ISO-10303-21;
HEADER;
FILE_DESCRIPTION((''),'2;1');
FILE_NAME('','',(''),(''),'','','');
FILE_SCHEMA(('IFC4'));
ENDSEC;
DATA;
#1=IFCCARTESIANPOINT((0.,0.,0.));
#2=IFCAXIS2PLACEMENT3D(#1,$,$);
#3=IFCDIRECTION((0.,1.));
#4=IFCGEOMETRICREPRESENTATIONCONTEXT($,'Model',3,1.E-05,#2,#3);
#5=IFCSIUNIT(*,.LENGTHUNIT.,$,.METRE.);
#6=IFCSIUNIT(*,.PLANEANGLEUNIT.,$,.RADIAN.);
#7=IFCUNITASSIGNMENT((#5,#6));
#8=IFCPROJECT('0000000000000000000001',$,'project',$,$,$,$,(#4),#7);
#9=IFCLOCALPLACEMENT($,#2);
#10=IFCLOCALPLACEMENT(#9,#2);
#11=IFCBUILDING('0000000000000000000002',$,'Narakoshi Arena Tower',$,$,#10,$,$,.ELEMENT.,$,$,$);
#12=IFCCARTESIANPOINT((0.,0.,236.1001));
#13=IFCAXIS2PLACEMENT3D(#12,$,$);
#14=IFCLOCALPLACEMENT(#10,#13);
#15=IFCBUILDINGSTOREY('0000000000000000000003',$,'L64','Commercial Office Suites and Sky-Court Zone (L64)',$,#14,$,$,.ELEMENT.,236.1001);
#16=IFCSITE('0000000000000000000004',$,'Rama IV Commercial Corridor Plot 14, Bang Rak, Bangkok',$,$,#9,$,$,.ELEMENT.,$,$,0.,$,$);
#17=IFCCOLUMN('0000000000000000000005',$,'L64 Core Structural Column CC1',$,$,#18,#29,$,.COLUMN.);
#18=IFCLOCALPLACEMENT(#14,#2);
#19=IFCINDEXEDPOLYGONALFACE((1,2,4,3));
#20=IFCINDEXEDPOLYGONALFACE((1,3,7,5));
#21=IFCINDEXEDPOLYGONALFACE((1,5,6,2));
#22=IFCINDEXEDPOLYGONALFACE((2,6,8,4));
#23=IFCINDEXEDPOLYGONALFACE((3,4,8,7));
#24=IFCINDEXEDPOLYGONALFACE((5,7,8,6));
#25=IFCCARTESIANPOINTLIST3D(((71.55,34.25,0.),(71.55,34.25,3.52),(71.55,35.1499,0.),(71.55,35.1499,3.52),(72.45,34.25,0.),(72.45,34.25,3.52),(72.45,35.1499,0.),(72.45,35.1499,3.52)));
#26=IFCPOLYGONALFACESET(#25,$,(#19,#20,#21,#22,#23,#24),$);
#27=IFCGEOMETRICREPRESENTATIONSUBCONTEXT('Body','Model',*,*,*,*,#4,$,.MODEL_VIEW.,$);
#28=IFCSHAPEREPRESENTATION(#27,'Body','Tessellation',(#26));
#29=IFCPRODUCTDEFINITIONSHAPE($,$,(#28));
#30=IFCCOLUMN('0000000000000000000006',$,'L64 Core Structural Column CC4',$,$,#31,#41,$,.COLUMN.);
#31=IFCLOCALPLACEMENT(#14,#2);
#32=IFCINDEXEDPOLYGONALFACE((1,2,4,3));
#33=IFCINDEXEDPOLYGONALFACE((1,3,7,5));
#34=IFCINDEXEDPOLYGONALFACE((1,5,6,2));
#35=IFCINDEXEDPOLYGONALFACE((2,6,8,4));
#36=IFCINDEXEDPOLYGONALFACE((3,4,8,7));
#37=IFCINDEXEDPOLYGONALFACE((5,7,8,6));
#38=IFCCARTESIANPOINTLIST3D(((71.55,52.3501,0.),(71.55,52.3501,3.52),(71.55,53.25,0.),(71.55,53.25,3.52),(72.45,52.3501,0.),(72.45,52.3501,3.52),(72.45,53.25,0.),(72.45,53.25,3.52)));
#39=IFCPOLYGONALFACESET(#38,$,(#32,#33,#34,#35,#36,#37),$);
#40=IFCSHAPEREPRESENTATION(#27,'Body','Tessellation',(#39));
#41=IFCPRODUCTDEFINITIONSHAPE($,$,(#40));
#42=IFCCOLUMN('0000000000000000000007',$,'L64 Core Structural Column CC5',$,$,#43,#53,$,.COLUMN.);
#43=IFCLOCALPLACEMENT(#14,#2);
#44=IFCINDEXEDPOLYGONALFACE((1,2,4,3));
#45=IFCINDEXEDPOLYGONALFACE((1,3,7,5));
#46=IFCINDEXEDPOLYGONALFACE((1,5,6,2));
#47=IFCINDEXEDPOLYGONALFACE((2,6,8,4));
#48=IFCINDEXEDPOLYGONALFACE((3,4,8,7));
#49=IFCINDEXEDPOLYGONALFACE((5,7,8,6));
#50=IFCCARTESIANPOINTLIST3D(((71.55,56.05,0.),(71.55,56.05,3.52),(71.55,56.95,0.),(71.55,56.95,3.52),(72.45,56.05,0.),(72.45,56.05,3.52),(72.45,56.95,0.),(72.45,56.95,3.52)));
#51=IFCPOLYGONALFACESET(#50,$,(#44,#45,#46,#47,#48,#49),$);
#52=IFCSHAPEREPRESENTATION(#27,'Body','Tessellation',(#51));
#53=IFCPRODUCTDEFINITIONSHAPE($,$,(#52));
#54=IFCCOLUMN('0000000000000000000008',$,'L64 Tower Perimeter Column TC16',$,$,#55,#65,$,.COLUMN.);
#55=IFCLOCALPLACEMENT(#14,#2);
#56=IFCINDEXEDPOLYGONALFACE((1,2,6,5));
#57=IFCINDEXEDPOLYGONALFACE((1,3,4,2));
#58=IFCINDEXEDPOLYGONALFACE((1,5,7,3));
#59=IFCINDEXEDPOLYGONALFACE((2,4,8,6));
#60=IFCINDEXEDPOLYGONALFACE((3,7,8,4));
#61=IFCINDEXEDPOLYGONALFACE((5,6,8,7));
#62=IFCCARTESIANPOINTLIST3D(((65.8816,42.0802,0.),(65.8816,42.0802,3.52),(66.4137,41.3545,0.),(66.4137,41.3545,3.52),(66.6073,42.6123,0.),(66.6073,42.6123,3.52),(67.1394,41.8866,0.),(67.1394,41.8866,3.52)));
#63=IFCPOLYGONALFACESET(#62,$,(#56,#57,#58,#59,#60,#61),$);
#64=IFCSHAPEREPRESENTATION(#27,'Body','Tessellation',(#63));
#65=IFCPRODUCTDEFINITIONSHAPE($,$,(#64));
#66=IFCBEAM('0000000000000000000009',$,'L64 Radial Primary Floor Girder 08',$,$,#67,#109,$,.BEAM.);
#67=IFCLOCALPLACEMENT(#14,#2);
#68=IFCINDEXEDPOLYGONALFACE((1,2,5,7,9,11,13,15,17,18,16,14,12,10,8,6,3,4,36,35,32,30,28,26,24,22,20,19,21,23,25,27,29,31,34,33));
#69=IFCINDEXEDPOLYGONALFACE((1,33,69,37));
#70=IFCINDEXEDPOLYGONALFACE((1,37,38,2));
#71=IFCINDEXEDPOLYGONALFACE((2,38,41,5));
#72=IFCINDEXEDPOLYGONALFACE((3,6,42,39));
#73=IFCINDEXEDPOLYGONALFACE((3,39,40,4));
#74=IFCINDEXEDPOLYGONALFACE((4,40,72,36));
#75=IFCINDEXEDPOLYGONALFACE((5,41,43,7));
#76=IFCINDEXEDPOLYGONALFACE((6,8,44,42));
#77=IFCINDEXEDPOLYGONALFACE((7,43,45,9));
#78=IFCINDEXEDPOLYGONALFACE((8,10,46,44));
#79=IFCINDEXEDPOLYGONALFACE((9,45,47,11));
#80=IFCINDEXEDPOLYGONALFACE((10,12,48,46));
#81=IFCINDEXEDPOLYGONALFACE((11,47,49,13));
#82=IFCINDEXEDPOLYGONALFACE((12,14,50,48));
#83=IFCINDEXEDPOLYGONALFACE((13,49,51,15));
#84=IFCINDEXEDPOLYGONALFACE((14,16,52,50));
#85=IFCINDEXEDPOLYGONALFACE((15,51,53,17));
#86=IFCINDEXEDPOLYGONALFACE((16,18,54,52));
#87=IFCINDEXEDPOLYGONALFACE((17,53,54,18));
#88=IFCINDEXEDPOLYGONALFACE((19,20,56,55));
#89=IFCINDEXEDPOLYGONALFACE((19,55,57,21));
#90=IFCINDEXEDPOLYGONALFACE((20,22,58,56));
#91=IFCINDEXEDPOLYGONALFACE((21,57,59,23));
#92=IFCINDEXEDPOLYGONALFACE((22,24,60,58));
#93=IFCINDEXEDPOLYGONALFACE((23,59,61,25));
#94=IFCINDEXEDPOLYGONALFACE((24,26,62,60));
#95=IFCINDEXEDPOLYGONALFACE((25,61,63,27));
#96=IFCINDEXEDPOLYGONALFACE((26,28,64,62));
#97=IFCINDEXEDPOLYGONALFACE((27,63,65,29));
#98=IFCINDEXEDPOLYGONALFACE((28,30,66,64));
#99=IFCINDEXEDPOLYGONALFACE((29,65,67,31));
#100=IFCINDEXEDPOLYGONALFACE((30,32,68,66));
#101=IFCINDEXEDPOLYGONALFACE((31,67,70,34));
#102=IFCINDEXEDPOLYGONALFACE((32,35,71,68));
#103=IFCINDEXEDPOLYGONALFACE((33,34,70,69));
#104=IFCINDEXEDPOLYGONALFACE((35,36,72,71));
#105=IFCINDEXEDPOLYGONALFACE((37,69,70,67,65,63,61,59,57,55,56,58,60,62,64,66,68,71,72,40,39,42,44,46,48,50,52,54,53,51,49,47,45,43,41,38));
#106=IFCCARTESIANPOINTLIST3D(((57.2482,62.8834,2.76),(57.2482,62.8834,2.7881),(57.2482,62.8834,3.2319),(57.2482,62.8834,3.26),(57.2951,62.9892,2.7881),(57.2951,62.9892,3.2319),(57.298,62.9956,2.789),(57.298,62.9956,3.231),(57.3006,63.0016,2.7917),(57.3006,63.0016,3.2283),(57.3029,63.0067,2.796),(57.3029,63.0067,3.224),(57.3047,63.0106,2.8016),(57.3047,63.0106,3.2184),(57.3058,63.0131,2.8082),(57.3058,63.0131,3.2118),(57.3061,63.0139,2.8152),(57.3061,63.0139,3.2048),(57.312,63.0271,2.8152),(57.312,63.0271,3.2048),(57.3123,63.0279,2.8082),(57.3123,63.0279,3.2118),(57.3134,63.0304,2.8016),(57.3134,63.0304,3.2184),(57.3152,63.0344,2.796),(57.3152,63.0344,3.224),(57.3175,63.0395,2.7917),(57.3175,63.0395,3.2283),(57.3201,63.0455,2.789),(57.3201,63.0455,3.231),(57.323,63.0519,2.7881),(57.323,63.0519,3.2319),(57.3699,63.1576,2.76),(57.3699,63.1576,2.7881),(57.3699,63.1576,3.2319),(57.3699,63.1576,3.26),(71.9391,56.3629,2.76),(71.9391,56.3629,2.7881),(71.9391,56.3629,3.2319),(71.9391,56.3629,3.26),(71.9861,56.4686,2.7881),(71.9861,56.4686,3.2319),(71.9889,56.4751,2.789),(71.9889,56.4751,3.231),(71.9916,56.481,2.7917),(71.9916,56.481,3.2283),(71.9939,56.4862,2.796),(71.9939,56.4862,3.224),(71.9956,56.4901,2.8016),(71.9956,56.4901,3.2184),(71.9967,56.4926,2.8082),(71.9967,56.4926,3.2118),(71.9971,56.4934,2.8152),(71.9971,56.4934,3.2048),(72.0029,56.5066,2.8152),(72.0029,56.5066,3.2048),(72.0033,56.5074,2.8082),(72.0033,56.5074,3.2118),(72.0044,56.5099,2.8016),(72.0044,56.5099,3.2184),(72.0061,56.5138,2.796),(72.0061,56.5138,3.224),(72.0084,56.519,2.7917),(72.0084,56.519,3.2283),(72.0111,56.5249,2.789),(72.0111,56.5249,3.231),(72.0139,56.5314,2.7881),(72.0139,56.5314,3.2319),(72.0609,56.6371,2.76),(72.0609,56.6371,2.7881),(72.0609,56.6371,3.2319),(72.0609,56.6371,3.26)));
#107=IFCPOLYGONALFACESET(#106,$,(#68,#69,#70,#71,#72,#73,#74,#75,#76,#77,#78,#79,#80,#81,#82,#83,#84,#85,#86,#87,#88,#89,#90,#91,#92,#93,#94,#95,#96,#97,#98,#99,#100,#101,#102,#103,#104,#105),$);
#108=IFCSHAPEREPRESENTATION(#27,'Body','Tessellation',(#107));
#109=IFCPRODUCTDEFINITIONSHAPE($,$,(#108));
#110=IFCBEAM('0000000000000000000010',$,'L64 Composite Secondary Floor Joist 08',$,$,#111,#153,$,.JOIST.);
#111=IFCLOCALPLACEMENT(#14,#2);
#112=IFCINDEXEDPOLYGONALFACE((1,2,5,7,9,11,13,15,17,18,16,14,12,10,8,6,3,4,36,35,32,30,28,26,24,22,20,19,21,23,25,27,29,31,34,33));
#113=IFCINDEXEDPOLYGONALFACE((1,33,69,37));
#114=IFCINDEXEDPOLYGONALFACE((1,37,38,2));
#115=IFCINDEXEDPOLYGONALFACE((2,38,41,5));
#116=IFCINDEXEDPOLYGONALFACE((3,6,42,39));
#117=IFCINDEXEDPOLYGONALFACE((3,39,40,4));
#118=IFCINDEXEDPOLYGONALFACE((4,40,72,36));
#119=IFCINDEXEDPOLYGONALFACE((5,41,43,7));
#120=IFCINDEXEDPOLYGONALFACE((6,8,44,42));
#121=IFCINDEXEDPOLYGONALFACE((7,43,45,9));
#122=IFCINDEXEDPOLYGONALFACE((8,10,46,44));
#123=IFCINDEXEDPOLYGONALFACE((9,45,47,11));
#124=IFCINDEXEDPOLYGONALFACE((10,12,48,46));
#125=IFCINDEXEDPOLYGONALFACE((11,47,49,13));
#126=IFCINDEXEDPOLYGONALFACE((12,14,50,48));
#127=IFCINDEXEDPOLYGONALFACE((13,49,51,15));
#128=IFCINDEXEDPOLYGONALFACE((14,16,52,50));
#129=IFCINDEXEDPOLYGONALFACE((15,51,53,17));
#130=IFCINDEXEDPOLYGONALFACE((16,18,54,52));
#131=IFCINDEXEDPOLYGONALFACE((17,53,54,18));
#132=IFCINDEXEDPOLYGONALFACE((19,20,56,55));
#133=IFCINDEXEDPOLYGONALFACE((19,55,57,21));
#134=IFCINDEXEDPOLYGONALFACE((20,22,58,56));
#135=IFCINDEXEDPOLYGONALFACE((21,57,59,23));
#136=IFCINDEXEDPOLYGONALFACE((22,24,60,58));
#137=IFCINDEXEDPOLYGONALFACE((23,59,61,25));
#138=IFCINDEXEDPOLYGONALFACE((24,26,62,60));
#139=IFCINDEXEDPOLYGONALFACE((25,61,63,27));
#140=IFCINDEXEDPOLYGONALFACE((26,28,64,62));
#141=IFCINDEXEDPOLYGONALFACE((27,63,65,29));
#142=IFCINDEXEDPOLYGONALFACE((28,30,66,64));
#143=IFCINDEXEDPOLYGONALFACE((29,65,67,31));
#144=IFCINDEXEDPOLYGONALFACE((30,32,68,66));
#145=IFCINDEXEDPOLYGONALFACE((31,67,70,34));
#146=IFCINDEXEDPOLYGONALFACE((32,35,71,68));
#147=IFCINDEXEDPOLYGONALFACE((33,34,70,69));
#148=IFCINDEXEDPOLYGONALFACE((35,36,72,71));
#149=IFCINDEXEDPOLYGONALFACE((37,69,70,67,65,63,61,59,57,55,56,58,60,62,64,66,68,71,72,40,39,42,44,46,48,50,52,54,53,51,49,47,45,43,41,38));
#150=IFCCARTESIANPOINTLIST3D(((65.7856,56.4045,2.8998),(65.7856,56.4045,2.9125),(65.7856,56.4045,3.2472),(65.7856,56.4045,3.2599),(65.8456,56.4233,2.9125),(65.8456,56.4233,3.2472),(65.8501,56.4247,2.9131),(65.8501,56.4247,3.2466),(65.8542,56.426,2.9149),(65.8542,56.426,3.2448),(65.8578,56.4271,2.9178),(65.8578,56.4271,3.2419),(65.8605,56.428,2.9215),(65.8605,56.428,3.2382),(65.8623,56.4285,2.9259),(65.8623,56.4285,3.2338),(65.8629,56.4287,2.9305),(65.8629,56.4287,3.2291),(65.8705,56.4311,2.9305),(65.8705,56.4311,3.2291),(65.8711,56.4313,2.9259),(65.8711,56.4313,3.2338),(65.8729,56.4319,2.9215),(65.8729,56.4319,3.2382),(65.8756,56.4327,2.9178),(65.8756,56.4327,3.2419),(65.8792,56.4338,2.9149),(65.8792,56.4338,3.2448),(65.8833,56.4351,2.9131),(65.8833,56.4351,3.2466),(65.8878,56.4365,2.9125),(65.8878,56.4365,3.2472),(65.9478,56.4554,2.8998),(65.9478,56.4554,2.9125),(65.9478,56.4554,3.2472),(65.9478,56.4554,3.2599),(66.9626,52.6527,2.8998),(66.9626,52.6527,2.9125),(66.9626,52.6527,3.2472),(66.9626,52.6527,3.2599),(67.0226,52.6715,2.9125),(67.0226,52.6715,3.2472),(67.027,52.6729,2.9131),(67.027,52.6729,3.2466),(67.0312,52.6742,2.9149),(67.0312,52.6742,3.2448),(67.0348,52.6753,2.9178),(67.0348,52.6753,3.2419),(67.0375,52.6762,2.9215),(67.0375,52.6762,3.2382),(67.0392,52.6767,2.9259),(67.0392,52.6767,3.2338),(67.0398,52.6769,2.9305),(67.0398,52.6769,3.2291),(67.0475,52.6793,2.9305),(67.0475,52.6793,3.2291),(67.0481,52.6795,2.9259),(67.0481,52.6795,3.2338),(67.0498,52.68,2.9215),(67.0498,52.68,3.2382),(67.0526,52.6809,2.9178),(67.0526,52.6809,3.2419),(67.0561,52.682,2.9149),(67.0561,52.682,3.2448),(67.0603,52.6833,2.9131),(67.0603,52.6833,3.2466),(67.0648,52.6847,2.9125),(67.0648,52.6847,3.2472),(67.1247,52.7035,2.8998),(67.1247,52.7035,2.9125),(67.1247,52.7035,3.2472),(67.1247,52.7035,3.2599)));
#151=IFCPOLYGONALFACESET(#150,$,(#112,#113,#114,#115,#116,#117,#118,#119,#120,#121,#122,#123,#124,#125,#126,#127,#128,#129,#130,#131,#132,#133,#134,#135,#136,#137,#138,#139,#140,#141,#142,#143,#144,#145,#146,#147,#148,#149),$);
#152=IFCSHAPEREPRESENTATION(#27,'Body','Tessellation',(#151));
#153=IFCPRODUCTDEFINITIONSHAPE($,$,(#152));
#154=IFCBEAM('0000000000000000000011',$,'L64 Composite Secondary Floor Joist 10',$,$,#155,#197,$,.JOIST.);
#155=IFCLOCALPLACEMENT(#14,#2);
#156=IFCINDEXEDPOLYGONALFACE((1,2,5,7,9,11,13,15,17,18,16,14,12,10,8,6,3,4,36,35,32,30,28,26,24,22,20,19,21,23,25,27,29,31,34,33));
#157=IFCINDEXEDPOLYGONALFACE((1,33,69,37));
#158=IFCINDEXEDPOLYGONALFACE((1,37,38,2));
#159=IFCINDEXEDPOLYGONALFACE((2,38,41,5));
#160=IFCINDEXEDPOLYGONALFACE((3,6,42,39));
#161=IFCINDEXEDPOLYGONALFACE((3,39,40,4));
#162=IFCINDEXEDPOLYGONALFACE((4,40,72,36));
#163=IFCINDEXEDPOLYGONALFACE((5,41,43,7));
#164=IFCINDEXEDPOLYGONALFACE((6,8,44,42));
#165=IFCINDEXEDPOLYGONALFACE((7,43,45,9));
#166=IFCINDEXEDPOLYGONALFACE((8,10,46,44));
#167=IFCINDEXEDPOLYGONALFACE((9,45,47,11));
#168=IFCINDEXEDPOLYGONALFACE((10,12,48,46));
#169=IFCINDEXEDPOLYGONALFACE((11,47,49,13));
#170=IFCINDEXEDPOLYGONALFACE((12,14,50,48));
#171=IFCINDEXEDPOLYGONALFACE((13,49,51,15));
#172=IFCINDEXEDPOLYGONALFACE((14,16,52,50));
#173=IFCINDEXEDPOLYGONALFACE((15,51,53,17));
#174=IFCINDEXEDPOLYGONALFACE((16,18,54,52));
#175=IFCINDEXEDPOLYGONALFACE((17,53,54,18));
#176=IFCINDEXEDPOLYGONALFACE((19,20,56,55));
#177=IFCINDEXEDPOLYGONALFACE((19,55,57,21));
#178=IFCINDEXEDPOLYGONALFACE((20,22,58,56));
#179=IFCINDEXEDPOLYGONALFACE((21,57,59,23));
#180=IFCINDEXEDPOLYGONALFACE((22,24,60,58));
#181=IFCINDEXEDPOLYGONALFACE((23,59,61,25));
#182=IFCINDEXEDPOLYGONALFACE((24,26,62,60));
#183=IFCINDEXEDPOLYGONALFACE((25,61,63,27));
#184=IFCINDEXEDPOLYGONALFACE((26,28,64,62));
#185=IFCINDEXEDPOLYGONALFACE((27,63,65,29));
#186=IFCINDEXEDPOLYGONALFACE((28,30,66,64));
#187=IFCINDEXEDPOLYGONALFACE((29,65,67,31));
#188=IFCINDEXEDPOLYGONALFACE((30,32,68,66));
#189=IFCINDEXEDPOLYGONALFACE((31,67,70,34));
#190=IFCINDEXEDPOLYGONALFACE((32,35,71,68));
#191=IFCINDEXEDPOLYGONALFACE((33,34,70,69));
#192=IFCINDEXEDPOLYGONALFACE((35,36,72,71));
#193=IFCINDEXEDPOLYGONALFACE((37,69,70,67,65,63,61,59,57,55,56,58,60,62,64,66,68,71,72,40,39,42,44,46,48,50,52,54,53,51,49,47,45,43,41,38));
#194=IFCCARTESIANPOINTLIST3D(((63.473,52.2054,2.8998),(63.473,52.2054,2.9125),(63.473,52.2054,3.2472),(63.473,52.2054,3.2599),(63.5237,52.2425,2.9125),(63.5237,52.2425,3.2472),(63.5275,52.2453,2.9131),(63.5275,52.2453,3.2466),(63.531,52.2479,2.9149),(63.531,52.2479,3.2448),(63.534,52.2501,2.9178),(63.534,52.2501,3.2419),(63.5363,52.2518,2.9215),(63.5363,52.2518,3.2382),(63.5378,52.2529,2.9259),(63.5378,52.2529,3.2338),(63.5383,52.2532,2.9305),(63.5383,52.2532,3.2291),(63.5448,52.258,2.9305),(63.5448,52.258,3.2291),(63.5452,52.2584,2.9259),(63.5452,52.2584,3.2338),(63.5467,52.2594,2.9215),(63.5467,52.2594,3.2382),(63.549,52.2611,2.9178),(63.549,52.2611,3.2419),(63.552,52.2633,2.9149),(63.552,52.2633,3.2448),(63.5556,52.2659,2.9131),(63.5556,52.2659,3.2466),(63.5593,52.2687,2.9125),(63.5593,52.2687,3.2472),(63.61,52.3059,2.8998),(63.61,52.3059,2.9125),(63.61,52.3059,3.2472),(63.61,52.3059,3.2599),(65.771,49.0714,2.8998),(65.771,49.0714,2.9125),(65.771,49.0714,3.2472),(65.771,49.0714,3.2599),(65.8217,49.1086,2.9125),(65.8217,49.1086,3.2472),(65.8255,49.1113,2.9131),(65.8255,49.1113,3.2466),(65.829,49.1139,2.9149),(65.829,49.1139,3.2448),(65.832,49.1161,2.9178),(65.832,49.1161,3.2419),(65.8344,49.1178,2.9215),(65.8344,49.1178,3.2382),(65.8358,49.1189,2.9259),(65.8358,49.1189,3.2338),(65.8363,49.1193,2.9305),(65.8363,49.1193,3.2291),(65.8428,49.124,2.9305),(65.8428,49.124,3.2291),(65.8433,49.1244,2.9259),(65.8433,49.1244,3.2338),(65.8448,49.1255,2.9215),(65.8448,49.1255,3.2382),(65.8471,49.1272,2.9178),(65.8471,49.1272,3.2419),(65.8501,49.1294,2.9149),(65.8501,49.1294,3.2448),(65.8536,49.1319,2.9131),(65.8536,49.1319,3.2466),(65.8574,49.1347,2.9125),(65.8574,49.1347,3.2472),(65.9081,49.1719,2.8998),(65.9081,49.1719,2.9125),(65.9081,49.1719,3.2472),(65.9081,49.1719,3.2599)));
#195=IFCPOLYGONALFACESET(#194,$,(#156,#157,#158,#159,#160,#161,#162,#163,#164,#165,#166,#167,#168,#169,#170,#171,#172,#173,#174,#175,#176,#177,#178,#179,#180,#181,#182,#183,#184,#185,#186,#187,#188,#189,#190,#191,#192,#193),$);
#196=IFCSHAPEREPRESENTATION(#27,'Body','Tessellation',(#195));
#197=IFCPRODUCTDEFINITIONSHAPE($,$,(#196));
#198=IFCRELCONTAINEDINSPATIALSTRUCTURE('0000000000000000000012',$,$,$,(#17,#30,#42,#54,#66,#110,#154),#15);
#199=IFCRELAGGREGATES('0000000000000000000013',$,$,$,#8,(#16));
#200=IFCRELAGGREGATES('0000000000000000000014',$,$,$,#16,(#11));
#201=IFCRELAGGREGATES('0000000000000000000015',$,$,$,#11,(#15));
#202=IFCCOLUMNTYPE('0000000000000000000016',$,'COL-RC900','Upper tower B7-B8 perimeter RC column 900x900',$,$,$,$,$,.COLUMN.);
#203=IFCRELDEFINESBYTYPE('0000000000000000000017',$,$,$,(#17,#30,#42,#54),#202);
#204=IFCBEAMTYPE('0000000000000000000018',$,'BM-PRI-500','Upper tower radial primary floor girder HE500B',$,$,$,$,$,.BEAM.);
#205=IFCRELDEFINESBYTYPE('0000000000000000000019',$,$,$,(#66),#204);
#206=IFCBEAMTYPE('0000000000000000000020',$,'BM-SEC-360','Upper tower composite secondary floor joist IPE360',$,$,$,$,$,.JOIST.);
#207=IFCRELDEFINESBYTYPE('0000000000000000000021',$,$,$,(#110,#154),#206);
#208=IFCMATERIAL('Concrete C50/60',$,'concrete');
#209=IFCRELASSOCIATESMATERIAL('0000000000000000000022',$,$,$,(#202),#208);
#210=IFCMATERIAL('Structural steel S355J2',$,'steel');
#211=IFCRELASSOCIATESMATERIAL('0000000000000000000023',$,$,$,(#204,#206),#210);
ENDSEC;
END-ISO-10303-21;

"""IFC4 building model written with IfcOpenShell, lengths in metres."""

from ifc_helpers import new_model, si_unit, direction, frame, origin, origin_2d, place, context, subcontext, project, spatial, rectangle, i_section, extrude, material, material_profile, profile_set, type_object, element, save


model = new_model("IFC4")

# Units and contexts
model_context = context("Model", 3, precision=1e-05, world=origin(), true_north=direction((0.0, 1.0)))
body_context = subcontext(model_context, "Body", "Model", "MODEL_VIEW")
ifc_project = project(units=[si_unit("LENGTHUNIT", "METRE"), si_unit("PLANEANGLEUNIT", "RADIAN")], contexts=[model_context])

# Site, building, storey
site_placement = place(None, origin())
site = spatial("IfcSite", under=ifc_project, at=site_placement, Name="Rama IV Commercial Corridor Plot 14, Bang Rak, Bangkok", CompositionType="ELEMENT", RefElevation=0.0)
building_placement = place(site_placement, origin())
building = spatial("IfcBuilding", under=site, at=building_placement, Name="Narakoshi Arena Tower", CompositionType="ELEMENT")
storey_placement = place(building_placement, frame((0.0, 0.0, 236.1001)))
storey = spatial("IfcBuildingStorey", under=building, at=storey_placement, Name="L64", Description="Commercial Office Suites and Sky-Court Zone (L64)", CompositionType="ELEMENT", Elevation=236.1001)

# Columns
ifc_material_1 = material(Name="Concrete C50/60", Category="concrete")
ifc_material_profile_1 = material_profile(ifc_material_1, rectangle(XDim=0.8999, YDim=0.8999, at=origin_2d()), Name="RC900x900")
ifc_profile_set_1 = profile_set([ifc_material_profile_1], Name="Concrete C50/60")
column_type = type_object("IfcColumnType", Name="COL-RC900", Description="Upper tower B7-B8 perimeter RC column 900x900", PredefinedType="COLUMN", material=ifc_profile_set_1)
for number, where, z_axis, x_axis, name in (
    (1, (72.0, 34.7, 0.0), (0.0, 0.0, 1.0), (1.0, 0.0, 0.0), "L64 Core Structural Column CC1"),
    (2, (72.0, 52.8, 0.0), (0.0, 0.0, 1.0), (1.0, 0.0, 0.0), "L64 Core Structural Column CC4"),
    (3, (72.0, 56.5, 0.0), (0.0, 0.0, 1.0), (1.0, 0.0, 0.0), "L64 Core Structural Column CC5"),
    (4, (66.5105, 41.9834, 0.0), (0.0, 0.0, 1.0), (-0.59131, 0.806445, 0.0), "L64 Tower Perimeter Column TC16"),
):
    element("IfcColumn", number, at=place(storey_placement, frame(where, z_axis=z_axis, x_axis=x_axis)), inside=storey, type_object=column_type, Name=name, PredefinedType="COLUMN", context=body_context, shape_type="SweptSolid", body=[
        extrude(rectangle(XDim=0.8999, YDim=0.8999, at=origin_2d()), origin(), (0.0, 0.0, 1.0), 3.52),
    ])

# Beams
ifc_material_2 = material(Name="Structural steel S355J2", Category="steel")
ifc_material_profile_2 = material_profile(ifc_material_2, i_section(OverallWidth=0.3, OverallDepth=0.5, WebThickness=0.0144, FlangeThickness=0.0281, FilletRadius=0.0271, at=origin_2d()), Name="HE500B")
ifc_profile_set_2 = profile_set([ifc_material_profile_2], Name="Structural steel S355J2")
beam_type_1 = type_object("IfcBeamType", Name="BM-PRI-500", Description="Upper tower radial primary floor girder HE500B", PredefinedType="BEAM", material=ifc_profile_set_2)
beam_1_placement = place(storey_placement, frame((72.0, 56.5, 3.01), z_axis=(-0.914014, 0.405682, 0.0), x_axis=(-0.405682, -0.914014, 0.0)))
element("IfcBeam", 5, at=beam_1_placement, inside=storey, type_object=beam_type_1, Name="L64 Radial Primary Floor Girder 08", PredefinedType="BEAM", context=body_context, shape_type="SweptSolid", body=[
    extrude(i_section(OverallWidth=0.3, OverallDepth=0.5, WebThickness=0.0144, FlangeThickness=0.0281, FilletRadius=0.0271, at=origin_2d()), origin(), (0.0, 0.0, 1.0), 16.073),
])
ifc_material_profile_3 = material_profile(ifc_material_2, i_section(OverallWidth=0.1699, OverallDepth=0.3601, WebThickness=0.0081, FlangeThickness=0.0127, FilletRadius=0.0181, at=origin_2d()), Name="IPE360")
ifc_profile_set_3 = profile_set([ifc_material_profile_3], Name="Structural steel S355J2")
beam_type_2 = type_object("IfcBeamType", Name="BM-SEC-360", Description="Upper tower composite secondary floor joist IPE360", PredefinedType="JOIST", material=ifc_profile_set_3)
beam_2_placement = place(storey_placement, frame((65.8667, 56.4299, 3.0798), z_axis=(0.299321, -0.954152, 0.0), x_axis=(0.954152, 0.299321, 0.0)))
element("IfcBeam", 6, at=beam_2_placement, inside=storey, type_object=beam_type_2, Name="L64 Composite Secondary Floor Joist 08", PredefinedType="JOIST", context=body_context, shape_type="SweptSolid", body=[
    extrude(i_section(OverallWidth=0.1699, OverallDepth=0.3601, WebThickness=0.0081, FlangeThickness=0.0127, FilletRadius=0.0181, at=origin_2d()), origin(), (0.0, 0.0, 1.0), 3.9321),
])
beam_3_placement = place(storey_placement, frame((63.5415, 52.2556, 3.0798), z_axis=(0.591331, -0.806429, 0.0), x_axis=(0.806429, 0.591331, 0.0)))
element("IfcBeam", 7, at=beam_3_placement, inside=storey, type_object=beam_type_2, Name="L64 Composite Secondary Floor Joist 10", PredefinedType="JOIST", context=body_context, shape_type="SweptSolid", body=[
    extrude(i_section(OverallWidth=0.1699, OverallDepth=0.3601, WebThickness=0.0081, FlangeThickness=0.0127, FilletRadius=0.0181, at=origin_2d()), origin(), (0.0, 0.0, 1.0), 3.8862),
])

save(model, "model.ifc")
